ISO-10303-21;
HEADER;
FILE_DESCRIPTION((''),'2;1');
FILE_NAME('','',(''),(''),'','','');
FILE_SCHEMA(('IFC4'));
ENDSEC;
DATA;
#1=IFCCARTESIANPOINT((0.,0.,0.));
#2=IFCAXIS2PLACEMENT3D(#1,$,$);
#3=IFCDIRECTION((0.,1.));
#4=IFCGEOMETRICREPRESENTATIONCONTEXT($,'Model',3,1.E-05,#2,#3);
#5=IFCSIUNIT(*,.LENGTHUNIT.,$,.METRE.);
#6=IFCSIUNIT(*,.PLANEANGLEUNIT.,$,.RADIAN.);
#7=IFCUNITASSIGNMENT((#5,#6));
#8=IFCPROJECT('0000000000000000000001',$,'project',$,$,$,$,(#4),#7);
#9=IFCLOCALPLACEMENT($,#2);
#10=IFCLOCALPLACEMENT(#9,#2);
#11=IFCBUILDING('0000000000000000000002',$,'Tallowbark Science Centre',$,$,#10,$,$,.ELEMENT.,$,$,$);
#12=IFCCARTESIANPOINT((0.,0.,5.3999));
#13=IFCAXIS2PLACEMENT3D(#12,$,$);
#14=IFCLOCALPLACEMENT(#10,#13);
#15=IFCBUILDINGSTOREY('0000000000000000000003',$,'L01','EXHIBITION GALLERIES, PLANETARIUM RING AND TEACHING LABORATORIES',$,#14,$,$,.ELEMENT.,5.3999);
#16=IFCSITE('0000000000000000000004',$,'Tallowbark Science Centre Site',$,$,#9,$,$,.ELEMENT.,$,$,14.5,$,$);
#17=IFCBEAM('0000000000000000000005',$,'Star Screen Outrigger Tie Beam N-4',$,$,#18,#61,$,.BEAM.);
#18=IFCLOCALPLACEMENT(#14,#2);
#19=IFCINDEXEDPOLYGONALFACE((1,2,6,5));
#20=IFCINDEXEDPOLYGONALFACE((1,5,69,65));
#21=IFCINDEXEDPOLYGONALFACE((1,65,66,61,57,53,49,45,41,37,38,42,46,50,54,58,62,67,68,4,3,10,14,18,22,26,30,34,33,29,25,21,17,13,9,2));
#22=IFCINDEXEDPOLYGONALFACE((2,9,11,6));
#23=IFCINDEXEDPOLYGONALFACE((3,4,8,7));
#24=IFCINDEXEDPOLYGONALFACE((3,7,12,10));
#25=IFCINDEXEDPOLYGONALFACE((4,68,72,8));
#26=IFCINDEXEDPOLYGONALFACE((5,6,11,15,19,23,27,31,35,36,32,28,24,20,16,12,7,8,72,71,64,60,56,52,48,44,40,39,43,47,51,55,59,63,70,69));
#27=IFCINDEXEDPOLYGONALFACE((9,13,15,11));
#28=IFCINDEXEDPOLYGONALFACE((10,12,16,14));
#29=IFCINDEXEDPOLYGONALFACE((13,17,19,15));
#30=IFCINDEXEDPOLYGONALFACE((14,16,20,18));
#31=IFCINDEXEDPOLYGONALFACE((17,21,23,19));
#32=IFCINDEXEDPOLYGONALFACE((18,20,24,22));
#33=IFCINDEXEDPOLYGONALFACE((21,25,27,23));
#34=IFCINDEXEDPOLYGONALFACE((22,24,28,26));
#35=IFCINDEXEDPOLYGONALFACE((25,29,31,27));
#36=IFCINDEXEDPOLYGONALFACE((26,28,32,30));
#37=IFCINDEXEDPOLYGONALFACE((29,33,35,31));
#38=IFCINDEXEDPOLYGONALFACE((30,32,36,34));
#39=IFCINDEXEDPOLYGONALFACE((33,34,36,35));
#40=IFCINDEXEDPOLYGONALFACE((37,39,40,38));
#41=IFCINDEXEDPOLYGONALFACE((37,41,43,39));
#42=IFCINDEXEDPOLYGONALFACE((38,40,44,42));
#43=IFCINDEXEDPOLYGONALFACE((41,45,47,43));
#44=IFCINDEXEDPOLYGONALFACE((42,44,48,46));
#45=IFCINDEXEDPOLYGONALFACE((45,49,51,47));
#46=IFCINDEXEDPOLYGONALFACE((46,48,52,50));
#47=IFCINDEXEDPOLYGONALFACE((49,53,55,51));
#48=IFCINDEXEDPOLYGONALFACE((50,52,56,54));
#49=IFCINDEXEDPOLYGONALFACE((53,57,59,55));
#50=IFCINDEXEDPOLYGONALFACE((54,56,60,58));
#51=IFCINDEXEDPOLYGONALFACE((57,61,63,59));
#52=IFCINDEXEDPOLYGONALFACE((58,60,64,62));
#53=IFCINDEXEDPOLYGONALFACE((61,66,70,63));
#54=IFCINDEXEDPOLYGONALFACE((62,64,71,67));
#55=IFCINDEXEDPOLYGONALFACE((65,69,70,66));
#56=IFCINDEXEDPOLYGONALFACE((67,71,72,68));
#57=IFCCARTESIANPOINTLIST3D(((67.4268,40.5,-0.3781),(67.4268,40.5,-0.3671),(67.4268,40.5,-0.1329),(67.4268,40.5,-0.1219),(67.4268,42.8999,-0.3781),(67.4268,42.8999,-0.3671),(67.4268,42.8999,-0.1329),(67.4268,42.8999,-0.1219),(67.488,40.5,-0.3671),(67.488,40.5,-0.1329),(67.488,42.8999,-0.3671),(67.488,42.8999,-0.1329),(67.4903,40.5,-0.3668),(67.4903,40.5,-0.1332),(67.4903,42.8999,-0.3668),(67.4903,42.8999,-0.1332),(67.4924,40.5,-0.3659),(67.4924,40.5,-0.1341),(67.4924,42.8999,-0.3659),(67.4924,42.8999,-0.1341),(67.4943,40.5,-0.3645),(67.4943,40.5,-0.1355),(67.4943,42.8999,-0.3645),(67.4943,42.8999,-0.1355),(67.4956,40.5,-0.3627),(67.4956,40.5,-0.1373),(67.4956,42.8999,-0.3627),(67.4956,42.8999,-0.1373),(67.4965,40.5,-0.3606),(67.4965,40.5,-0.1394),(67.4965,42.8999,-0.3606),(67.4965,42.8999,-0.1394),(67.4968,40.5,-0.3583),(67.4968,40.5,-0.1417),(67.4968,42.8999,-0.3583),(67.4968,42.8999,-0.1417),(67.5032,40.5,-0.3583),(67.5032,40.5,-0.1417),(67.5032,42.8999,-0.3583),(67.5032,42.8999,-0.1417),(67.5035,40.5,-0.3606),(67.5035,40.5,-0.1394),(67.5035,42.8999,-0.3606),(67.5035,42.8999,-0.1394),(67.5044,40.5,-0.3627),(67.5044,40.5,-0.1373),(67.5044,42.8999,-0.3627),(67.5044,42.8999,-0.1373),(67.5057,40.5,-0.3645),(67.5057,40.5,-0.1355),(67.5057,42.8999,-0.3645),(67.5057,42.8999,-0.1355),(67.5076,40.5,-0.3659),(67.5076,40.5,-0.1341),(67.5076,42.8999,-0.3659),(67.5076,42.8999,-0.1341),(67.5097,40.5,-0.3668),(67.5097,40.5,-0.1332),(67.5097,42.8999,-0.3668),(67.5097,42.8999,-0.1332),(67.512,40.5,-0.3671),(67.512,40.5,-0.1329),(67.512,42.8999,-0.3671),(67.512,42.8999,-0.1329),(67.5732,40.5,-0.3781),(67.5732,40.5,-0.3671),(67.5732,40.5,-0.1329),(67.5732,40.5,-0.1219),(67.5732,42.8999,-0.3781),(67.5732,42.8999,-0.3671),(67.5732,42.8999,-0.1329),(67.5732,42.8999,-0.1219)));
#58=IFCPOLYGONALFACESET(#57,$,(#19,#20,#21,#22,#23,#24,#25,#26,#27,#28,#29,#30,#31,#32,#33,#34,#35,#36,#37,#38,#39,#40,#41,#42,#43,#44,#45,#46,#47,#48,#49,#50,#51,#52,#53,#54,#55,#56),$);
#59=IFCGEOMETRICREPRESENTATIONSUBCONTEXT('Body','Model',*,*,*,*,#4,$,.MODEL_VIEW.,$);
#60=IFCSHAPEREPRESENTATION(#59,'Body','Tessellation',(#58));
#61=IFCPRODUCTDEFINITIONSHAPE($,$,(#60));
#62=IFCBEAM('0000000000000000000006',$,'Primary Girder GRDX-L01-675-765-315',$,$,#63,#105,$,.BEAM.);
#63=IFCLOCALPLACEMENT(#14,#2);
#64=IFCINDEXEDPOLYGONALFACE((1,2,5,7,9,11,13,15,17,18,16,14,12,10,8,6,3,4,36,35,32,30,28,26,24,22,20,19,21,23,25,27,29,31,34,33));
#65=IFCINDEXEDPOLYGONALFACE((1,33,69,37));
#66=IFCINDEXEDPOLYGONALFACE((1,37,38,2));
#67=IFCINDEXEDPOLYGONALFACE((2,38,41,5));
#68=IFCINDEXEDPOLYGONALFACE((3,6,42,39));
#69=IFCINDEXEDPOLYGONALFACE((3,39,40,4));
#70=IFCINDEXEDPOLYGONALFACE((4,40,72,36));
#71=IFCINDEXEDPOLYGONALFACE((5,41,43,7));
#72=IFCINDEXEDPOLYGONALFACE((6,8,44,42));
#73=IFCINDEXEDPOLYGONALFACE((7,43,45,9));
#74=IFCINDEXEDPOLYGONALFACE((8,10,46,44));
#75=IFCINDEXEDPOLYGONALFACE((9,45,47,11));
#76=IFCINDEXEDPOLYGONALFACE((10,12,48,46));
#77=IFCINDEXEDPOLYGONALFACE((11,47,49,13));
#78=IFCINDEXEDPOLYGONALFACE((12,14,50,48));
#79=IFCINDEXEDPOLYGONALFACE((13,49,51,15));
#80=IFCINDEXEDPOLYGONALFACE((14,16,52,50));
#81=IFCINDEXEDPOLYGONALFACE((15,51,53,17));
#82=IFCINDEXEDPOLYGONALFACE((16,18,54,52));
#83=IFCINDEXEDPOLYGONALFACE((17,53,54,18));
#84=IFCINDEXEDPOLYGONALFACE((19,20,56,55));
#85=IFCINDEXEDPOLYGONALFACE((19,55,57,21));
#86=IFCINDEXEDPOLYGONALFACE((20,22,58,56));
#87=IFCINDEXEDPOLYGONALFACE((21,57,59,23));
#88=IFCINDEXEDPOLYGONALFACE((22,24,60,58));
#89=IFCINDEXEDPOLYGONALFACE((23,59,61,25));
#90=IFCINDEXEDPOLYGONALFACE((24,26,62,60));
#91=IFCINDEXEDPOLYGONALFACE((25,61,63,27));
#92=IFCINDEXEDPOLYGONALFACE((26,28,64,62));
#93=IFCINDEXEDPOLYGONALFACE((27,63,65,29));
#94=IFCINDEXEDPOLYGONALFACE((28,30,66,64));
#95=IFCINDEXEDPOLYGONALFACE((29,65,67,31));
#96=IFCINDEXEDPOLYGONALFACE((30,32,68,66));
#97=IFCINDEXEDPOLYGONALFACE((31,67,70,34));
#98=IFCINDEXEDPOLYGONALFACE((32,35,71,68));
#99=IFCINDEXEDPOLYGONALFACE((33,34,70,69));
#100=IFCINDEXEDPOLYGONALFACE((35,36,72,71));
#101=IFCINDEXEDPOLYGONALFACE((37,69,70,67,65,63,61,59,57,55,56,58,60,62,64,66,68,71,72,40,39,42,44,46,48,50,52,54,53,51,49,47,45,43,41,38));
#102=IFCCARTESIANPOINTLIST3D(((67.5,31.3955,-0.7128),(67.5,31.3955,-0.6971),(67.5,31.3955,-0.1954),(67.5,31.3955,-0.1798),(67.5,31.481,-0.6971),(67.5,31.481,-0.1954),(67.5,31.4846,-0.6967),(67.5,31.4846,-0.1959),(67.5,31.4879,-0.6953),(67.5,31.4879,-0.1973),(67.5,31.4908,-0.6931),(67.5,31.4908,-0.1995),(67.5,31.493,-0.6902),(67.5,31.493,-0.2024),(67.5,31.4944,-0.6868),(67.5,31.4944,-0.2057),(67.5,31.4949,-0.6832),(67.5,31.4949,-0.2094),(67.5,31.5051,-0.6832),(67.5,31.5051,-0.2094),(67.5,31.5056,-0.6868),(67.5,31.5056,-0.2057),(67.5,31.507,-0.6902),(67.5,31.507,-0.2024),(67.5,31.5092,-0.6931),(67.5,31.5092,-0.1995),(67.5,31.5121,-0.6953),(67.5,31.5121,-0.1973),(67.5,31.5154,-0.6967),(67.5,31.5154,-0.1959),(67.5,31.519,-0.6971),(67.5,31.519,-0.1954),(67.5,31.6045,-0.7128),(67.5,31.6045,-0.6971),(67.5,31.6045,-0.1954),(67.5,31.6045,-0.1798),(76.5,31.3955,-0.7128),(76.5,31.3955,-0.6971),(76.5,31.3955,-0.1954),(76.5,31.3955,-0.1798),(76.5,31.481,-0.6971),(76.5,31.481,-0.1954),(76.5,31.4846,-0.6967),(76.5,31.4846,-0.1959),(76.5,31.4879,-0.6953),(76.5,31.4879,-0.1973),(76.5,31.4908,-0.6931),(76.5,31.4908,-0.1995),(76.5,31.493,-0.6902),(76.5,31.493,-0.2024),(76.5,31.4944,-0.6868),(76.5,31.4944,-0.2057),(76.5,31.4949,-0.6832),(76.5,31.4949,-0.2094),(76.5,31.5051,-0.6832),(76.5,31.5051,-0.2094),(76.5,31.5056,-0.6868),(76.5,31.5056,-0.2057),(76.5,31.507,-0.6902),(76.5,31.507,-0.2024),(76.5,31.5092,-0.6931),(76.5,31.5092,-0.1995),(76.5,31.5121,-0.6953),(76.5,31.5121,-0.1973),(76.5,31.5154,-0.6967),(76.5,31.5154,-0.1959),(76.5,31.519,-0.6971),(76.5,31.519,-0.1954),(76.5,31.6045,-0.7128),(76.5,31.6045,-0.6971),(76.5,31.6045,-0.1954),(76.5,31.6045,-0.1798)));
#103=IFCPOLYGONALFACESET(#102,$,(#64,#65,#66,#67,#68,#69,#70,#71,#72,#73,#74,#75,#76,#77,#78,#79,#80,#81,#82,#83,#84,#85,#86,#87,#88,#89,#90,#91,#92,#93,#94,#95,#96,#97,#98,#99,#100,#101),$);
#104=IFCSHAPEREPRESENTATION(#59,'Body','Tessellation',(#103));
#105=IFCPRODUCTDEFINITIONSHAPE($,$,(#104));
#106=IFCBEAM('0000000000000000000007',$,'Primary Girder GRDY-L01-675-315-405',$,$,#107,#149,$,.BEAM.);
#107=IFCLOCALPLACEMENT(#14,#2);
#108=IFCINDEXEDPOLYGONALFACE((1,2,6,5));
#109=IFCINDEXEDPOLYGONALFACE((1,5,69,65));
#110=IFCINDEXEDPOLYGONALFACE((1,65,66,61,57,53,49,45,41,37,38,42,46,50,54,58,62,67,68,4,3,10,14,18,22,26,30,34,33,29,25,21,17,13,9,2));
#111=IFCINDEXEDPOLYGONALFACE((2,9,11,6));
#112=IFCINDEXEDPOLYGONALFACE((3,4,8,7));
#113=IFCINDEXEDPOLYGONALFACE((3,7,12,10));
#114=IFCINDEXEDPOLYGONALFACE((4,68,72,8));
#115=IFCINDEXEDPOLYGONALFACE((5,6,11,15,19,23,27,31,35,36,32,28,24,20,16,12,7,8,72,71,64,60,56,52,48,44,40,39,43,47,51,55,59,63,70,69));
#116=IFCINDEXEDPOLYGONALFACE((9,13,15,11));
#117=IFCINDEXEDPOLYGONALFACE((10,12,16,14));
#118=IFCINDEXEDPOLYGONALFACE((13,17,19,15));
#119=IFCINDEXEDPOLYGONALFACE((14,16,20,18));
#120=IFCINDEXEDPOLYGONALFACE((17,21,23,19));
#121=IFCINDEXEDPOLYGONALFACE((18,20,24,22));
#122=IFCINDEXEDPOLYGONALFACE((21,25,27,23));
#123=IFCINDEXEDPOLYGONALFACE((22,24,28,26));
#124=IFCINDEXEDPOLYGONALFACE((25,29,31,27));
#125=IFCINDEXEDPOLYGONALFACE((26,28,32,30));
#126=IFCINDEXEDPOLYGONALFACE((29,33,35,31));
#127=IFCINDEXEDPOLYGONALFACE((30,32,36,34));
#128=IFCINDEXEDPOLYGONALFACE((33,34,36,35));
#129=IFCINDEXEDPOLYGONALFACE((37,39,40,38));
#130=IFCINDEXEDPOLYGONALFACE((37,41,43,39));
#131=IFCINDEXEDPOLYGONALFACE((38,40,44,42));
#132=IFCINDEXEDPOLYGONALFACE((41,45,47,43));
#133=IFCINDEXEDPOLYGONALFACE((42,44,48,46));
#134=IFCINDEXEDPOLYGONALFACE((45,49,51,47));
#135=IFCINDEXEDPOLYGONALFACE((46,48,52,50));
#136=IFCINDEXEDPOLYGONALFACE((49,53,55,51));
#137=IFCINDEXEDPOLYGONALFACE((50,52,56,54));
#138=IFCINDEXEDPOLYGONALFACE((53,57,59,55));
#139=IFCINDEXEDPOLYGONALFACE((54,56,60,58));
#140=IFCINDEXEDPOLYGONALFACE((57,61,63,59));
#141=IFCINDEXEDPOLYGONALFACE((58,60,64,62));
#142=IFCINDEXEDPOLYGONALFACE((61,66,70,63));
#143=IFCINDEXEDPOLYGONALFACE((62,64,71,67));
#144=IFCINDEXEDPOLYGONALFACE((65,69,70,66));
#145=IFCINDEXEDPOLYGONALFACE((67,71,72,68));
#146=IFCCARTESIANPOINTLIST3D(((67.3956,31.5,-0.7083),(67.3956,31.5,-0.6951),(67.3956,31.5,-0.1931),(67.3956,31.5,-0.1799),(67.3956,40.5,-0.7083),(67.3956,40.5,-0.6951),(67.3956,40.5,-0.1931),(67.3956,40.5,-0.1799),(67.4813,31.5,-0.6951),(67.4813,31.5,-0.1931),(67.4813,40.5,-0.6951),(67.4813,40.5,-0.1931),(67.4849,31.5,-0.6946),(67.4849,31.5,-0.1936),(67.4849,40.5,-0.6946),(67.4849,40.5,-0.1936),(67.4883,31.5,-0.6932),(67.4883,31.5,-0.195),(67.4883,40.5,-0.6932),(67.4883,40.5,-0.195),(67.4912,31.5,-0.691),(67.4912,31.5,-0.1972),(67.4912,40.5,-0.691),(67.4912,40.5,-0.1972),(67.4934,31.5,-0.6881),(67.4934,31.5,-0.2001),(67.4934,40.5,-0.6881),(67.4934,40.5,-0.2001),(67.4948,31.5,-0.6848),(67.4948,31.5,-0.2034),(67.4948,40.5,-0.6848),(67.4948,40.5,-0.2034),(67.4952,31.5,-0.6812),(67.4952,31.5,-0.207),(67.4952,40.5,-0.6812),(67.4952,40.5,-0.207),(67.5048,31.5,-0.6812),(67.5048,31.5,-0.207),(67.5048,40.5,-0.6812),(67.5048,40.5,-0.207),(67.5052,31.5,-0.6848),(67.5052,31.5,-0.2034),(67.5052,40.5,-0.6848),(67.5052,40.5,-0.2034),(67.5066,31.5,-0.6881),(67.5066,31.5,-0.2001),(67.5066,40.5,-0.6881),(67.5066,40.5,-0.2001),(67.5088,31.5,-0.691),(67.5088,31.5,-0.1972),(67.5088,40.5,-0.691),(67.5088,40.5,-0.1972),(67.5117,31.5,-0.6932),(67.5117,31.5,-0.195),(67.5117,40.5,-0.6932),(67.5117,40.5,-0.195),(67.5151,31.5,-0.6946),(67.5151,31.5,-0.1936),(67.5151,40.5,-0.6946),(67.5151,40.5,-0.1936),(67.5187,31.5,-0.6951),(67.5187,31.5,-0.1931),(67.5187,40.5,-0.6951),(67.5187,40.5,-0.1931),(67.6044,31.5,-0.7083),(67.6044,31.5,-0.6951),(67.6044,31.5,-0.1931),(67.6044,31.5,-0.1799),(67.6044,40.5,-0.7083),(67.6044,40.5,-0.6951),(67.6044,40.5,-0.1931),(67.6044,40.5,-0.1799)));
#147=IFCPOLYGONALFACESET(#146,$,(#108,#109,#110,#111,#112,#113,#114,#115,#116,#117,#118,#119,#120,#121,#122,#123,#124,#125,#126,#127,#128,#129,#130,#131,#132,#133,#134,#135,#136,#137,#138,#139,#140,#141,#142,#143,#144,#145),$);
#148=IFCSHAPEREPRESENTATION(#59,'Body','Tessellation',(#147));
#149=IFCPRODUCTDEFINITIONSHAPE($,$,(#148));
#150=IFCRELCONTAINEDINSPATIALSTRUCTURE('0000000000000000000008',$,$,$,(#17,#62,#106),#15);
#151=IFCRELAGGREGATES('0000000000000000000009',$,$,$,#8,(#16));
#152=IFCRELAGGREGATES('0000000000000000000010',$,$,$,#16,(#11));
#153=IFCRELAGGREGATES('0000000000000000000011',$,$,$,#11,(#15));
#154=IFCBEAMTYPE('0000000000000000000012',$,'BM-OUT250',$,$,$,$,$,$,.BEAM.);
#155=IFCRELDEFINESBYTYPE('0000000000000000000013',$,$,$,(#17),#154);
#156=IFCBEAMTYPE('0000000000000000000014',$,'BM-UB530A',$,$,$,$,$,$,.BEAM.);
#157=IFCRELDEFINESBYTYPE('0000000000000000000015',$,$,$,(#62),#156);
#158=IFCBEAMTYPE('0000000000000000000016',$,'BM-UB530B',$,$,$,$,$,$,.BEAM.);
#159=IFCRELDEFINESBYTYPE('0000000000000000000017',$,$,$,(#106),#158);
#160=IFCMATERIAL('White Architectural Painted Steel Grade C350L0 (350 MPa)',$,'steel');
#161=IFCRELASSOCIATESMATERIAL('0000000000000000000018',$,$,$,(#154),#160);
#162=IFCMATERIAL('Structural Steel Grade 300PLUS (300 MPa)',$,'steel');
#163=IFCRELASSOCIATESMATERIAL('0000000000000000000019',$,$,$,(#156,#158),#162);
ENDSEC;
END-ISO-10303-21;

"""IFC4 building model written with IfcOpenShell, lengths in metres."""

from ifc_helpers import new_model, si_unit, direction, frame, origin, origin_2d, place, context, subcontext, project, spatial, i_section, extrude, material, material_profile, profile_set, type_object, element, save


model = new_model("IFC4")

# Units and contexts
model_context = context("Model", 3, precision=1e-05, world=origin(), true_north=direction((0.0, 1.0)))
body_context = subcontext(model_context, "Body", "Model", "MODEL_VIEW")
ifc_project = project(units=[si_unit("LENGTHUNIT", "METRE"), si_unit("PLANEANGLEUNIT", "RADIAN")], contexts=[model_context])

# Site, building, storey
site_placement = place(None, origin())
site = spatial("IfcSite", under=ifc_project, at=site_placement, Name="Tallowbark Science Centre Site", CompositionType="ELEMENT", RefElevation=14.5)
building_placement = place(site_placement, origin())
building = spatial("IfcBuilding", under=site, at=building_placement, Name="Tallowbark Science Centre", CompositionType="ELEMENT")
storey_placement = place(building_placement, frame((0.0, 0.0, 5.3999)))
storey = spatial("IfcBuildingStorey", under=building, at=storey_placement, Name="L01", Description="EXHIBITION GALLERIES, PLANETARIUM RING AND TEACHING LABORATORIES", CompositionType="ELEMENT", Elevation=5.3999)

# Shared definitions
ifc_material_1 = material(Name="Structural Steel Grade 300PLUS (300 MPa)", Category="steel")

# Beams
ifc_material_2 = material(Name="White Architectural Painted Steel Grade C350L0 (350 MPa)", Category="steel")
ifc_material_profile_1 = material_profile(ifc_material_2, i_section(OverallWidth=0.1465, OverallDepth=0.2561, WebThickness=0.0063, FlangeThickness=0.011, FilletRadius=0.0088, at=origin_2d()), Name="250UB37.3")
ifc_profile_set_1 = profile_set([ifc_material_profile_1], Name="White Architectural Painted Steel Grade C350L0 (350 MPa)")
beam_type_1 = type_object("IfcBeamType", Name="BM-OUT250", PredefinedType="BEAM", material=ifc_profile_set_1)
beam_1_placement = place(storey_placement, frame((67.5, 40.5, -0.25), z_axis=(0.0, 1.0, 0.0), x_axis=(-1.0, 0.0, 0.0)))
element("IfcBeam", 1, at=beam_1_placement, inside=storey, type_object=beam_type_1, Name="Star Screen Outrigger Tie Beam N-4", PredefinedType="BEAM", context=body_context, shape_type="SweptSolid", body=[
    extrude(i_section(OverallWidth=0.1465, OverallDepth=0.2561, WebThickness=0.0063, FlangeThickness=0.011, FilletRadius=0.0088, at=origin_2d()), origin(), (0.0, 0.0, 1.0), 2.3999),
])
ifc_material_profile_2 = material_profile(ifc_material_1, i_section(OverallWidth=0.209, OverallDepth=0.533, WebThickness=0.0103, FlangeThickness=0.0156, FilletRadius=0.0139, at=origin_2d()), Name="530UB92.4")
ifc_profile_set_2 = profile_set([ifc_material_profile_2], Name="Structural Steel Grade 300PLUS (300 MPa)")
beam_type_2 = type_object("IfcBeamType", Name="BM-UB530A", PredefinedType="BEAM", material=ifc_profile_set_2)
beam_2_placement = place(storey_placement, frame((67.5, 31.5, -0.4463), z_axis=(1.0, 0.0, 0.0), x_axis=(0.0, 1.0, 0.0)))
element("IfcBeam", 2, at=beam_2_placement, inside=storey, type_object=beam_type_2, Name="Primary Girder GRDX-L01-675-765-315", PredefinedType="BEAM", context=body_context, shape_type="SweptSolid", body=[
    extrude(i_section(OverallWidth=0.209, OverallDepth=0.533, WebThickness=0.0103, FlangeThickness=0.0156, FilletRadius=0.0139, at=origin_2d()), origin(), (0.0, 0.0, 1.0), 9.0),
])
ifc_material_profile_3 = material_profile(ifc_material_1, i_section(OverallWidth=0.2087, OverallDepth=0.5283, WebThickness=0.0095, FlangeThickness=0.0132, FilletRadius=0.0139, at=origin_2d()), Name="530UB82.0")
ifc_profile_set_3 = profile_set([ifc_material_profile_3], Name="Structural Steel Grade 300PLUS (300 MPa)")
beam_type_3 = type_object("IfcBeamType", Name="BM-UB530B", PredefinedType="BEAM", material=ifc_profile_set_3)
beam_3_placement = place(storey_placement, frame((67.5, 31.5, -0.4441), z_axis=(0.0, 1.0, 0.0), x_axis=(-1.0, 0.0, 0.0)))
element("IfcBeam", 3, at=beam_3_placement, inside=storey, type_object=beam_type_3, Name="Primary Girder GRDY-L01-675-315-405", PredefinedType="BEAM", context=body_context, shape_type="SweptSolid", body=[
    extrude(i_section(OverallWidth=0.2087, OverallDepth=0.5283, WebThickness=0.0095, FlangeThickness=0.0132, FilletRadius=0.0139, at=origin_2d()), origin(), (0.0, 0.0, 1.0), 9.0),
])

save(model, "model.ifc")
